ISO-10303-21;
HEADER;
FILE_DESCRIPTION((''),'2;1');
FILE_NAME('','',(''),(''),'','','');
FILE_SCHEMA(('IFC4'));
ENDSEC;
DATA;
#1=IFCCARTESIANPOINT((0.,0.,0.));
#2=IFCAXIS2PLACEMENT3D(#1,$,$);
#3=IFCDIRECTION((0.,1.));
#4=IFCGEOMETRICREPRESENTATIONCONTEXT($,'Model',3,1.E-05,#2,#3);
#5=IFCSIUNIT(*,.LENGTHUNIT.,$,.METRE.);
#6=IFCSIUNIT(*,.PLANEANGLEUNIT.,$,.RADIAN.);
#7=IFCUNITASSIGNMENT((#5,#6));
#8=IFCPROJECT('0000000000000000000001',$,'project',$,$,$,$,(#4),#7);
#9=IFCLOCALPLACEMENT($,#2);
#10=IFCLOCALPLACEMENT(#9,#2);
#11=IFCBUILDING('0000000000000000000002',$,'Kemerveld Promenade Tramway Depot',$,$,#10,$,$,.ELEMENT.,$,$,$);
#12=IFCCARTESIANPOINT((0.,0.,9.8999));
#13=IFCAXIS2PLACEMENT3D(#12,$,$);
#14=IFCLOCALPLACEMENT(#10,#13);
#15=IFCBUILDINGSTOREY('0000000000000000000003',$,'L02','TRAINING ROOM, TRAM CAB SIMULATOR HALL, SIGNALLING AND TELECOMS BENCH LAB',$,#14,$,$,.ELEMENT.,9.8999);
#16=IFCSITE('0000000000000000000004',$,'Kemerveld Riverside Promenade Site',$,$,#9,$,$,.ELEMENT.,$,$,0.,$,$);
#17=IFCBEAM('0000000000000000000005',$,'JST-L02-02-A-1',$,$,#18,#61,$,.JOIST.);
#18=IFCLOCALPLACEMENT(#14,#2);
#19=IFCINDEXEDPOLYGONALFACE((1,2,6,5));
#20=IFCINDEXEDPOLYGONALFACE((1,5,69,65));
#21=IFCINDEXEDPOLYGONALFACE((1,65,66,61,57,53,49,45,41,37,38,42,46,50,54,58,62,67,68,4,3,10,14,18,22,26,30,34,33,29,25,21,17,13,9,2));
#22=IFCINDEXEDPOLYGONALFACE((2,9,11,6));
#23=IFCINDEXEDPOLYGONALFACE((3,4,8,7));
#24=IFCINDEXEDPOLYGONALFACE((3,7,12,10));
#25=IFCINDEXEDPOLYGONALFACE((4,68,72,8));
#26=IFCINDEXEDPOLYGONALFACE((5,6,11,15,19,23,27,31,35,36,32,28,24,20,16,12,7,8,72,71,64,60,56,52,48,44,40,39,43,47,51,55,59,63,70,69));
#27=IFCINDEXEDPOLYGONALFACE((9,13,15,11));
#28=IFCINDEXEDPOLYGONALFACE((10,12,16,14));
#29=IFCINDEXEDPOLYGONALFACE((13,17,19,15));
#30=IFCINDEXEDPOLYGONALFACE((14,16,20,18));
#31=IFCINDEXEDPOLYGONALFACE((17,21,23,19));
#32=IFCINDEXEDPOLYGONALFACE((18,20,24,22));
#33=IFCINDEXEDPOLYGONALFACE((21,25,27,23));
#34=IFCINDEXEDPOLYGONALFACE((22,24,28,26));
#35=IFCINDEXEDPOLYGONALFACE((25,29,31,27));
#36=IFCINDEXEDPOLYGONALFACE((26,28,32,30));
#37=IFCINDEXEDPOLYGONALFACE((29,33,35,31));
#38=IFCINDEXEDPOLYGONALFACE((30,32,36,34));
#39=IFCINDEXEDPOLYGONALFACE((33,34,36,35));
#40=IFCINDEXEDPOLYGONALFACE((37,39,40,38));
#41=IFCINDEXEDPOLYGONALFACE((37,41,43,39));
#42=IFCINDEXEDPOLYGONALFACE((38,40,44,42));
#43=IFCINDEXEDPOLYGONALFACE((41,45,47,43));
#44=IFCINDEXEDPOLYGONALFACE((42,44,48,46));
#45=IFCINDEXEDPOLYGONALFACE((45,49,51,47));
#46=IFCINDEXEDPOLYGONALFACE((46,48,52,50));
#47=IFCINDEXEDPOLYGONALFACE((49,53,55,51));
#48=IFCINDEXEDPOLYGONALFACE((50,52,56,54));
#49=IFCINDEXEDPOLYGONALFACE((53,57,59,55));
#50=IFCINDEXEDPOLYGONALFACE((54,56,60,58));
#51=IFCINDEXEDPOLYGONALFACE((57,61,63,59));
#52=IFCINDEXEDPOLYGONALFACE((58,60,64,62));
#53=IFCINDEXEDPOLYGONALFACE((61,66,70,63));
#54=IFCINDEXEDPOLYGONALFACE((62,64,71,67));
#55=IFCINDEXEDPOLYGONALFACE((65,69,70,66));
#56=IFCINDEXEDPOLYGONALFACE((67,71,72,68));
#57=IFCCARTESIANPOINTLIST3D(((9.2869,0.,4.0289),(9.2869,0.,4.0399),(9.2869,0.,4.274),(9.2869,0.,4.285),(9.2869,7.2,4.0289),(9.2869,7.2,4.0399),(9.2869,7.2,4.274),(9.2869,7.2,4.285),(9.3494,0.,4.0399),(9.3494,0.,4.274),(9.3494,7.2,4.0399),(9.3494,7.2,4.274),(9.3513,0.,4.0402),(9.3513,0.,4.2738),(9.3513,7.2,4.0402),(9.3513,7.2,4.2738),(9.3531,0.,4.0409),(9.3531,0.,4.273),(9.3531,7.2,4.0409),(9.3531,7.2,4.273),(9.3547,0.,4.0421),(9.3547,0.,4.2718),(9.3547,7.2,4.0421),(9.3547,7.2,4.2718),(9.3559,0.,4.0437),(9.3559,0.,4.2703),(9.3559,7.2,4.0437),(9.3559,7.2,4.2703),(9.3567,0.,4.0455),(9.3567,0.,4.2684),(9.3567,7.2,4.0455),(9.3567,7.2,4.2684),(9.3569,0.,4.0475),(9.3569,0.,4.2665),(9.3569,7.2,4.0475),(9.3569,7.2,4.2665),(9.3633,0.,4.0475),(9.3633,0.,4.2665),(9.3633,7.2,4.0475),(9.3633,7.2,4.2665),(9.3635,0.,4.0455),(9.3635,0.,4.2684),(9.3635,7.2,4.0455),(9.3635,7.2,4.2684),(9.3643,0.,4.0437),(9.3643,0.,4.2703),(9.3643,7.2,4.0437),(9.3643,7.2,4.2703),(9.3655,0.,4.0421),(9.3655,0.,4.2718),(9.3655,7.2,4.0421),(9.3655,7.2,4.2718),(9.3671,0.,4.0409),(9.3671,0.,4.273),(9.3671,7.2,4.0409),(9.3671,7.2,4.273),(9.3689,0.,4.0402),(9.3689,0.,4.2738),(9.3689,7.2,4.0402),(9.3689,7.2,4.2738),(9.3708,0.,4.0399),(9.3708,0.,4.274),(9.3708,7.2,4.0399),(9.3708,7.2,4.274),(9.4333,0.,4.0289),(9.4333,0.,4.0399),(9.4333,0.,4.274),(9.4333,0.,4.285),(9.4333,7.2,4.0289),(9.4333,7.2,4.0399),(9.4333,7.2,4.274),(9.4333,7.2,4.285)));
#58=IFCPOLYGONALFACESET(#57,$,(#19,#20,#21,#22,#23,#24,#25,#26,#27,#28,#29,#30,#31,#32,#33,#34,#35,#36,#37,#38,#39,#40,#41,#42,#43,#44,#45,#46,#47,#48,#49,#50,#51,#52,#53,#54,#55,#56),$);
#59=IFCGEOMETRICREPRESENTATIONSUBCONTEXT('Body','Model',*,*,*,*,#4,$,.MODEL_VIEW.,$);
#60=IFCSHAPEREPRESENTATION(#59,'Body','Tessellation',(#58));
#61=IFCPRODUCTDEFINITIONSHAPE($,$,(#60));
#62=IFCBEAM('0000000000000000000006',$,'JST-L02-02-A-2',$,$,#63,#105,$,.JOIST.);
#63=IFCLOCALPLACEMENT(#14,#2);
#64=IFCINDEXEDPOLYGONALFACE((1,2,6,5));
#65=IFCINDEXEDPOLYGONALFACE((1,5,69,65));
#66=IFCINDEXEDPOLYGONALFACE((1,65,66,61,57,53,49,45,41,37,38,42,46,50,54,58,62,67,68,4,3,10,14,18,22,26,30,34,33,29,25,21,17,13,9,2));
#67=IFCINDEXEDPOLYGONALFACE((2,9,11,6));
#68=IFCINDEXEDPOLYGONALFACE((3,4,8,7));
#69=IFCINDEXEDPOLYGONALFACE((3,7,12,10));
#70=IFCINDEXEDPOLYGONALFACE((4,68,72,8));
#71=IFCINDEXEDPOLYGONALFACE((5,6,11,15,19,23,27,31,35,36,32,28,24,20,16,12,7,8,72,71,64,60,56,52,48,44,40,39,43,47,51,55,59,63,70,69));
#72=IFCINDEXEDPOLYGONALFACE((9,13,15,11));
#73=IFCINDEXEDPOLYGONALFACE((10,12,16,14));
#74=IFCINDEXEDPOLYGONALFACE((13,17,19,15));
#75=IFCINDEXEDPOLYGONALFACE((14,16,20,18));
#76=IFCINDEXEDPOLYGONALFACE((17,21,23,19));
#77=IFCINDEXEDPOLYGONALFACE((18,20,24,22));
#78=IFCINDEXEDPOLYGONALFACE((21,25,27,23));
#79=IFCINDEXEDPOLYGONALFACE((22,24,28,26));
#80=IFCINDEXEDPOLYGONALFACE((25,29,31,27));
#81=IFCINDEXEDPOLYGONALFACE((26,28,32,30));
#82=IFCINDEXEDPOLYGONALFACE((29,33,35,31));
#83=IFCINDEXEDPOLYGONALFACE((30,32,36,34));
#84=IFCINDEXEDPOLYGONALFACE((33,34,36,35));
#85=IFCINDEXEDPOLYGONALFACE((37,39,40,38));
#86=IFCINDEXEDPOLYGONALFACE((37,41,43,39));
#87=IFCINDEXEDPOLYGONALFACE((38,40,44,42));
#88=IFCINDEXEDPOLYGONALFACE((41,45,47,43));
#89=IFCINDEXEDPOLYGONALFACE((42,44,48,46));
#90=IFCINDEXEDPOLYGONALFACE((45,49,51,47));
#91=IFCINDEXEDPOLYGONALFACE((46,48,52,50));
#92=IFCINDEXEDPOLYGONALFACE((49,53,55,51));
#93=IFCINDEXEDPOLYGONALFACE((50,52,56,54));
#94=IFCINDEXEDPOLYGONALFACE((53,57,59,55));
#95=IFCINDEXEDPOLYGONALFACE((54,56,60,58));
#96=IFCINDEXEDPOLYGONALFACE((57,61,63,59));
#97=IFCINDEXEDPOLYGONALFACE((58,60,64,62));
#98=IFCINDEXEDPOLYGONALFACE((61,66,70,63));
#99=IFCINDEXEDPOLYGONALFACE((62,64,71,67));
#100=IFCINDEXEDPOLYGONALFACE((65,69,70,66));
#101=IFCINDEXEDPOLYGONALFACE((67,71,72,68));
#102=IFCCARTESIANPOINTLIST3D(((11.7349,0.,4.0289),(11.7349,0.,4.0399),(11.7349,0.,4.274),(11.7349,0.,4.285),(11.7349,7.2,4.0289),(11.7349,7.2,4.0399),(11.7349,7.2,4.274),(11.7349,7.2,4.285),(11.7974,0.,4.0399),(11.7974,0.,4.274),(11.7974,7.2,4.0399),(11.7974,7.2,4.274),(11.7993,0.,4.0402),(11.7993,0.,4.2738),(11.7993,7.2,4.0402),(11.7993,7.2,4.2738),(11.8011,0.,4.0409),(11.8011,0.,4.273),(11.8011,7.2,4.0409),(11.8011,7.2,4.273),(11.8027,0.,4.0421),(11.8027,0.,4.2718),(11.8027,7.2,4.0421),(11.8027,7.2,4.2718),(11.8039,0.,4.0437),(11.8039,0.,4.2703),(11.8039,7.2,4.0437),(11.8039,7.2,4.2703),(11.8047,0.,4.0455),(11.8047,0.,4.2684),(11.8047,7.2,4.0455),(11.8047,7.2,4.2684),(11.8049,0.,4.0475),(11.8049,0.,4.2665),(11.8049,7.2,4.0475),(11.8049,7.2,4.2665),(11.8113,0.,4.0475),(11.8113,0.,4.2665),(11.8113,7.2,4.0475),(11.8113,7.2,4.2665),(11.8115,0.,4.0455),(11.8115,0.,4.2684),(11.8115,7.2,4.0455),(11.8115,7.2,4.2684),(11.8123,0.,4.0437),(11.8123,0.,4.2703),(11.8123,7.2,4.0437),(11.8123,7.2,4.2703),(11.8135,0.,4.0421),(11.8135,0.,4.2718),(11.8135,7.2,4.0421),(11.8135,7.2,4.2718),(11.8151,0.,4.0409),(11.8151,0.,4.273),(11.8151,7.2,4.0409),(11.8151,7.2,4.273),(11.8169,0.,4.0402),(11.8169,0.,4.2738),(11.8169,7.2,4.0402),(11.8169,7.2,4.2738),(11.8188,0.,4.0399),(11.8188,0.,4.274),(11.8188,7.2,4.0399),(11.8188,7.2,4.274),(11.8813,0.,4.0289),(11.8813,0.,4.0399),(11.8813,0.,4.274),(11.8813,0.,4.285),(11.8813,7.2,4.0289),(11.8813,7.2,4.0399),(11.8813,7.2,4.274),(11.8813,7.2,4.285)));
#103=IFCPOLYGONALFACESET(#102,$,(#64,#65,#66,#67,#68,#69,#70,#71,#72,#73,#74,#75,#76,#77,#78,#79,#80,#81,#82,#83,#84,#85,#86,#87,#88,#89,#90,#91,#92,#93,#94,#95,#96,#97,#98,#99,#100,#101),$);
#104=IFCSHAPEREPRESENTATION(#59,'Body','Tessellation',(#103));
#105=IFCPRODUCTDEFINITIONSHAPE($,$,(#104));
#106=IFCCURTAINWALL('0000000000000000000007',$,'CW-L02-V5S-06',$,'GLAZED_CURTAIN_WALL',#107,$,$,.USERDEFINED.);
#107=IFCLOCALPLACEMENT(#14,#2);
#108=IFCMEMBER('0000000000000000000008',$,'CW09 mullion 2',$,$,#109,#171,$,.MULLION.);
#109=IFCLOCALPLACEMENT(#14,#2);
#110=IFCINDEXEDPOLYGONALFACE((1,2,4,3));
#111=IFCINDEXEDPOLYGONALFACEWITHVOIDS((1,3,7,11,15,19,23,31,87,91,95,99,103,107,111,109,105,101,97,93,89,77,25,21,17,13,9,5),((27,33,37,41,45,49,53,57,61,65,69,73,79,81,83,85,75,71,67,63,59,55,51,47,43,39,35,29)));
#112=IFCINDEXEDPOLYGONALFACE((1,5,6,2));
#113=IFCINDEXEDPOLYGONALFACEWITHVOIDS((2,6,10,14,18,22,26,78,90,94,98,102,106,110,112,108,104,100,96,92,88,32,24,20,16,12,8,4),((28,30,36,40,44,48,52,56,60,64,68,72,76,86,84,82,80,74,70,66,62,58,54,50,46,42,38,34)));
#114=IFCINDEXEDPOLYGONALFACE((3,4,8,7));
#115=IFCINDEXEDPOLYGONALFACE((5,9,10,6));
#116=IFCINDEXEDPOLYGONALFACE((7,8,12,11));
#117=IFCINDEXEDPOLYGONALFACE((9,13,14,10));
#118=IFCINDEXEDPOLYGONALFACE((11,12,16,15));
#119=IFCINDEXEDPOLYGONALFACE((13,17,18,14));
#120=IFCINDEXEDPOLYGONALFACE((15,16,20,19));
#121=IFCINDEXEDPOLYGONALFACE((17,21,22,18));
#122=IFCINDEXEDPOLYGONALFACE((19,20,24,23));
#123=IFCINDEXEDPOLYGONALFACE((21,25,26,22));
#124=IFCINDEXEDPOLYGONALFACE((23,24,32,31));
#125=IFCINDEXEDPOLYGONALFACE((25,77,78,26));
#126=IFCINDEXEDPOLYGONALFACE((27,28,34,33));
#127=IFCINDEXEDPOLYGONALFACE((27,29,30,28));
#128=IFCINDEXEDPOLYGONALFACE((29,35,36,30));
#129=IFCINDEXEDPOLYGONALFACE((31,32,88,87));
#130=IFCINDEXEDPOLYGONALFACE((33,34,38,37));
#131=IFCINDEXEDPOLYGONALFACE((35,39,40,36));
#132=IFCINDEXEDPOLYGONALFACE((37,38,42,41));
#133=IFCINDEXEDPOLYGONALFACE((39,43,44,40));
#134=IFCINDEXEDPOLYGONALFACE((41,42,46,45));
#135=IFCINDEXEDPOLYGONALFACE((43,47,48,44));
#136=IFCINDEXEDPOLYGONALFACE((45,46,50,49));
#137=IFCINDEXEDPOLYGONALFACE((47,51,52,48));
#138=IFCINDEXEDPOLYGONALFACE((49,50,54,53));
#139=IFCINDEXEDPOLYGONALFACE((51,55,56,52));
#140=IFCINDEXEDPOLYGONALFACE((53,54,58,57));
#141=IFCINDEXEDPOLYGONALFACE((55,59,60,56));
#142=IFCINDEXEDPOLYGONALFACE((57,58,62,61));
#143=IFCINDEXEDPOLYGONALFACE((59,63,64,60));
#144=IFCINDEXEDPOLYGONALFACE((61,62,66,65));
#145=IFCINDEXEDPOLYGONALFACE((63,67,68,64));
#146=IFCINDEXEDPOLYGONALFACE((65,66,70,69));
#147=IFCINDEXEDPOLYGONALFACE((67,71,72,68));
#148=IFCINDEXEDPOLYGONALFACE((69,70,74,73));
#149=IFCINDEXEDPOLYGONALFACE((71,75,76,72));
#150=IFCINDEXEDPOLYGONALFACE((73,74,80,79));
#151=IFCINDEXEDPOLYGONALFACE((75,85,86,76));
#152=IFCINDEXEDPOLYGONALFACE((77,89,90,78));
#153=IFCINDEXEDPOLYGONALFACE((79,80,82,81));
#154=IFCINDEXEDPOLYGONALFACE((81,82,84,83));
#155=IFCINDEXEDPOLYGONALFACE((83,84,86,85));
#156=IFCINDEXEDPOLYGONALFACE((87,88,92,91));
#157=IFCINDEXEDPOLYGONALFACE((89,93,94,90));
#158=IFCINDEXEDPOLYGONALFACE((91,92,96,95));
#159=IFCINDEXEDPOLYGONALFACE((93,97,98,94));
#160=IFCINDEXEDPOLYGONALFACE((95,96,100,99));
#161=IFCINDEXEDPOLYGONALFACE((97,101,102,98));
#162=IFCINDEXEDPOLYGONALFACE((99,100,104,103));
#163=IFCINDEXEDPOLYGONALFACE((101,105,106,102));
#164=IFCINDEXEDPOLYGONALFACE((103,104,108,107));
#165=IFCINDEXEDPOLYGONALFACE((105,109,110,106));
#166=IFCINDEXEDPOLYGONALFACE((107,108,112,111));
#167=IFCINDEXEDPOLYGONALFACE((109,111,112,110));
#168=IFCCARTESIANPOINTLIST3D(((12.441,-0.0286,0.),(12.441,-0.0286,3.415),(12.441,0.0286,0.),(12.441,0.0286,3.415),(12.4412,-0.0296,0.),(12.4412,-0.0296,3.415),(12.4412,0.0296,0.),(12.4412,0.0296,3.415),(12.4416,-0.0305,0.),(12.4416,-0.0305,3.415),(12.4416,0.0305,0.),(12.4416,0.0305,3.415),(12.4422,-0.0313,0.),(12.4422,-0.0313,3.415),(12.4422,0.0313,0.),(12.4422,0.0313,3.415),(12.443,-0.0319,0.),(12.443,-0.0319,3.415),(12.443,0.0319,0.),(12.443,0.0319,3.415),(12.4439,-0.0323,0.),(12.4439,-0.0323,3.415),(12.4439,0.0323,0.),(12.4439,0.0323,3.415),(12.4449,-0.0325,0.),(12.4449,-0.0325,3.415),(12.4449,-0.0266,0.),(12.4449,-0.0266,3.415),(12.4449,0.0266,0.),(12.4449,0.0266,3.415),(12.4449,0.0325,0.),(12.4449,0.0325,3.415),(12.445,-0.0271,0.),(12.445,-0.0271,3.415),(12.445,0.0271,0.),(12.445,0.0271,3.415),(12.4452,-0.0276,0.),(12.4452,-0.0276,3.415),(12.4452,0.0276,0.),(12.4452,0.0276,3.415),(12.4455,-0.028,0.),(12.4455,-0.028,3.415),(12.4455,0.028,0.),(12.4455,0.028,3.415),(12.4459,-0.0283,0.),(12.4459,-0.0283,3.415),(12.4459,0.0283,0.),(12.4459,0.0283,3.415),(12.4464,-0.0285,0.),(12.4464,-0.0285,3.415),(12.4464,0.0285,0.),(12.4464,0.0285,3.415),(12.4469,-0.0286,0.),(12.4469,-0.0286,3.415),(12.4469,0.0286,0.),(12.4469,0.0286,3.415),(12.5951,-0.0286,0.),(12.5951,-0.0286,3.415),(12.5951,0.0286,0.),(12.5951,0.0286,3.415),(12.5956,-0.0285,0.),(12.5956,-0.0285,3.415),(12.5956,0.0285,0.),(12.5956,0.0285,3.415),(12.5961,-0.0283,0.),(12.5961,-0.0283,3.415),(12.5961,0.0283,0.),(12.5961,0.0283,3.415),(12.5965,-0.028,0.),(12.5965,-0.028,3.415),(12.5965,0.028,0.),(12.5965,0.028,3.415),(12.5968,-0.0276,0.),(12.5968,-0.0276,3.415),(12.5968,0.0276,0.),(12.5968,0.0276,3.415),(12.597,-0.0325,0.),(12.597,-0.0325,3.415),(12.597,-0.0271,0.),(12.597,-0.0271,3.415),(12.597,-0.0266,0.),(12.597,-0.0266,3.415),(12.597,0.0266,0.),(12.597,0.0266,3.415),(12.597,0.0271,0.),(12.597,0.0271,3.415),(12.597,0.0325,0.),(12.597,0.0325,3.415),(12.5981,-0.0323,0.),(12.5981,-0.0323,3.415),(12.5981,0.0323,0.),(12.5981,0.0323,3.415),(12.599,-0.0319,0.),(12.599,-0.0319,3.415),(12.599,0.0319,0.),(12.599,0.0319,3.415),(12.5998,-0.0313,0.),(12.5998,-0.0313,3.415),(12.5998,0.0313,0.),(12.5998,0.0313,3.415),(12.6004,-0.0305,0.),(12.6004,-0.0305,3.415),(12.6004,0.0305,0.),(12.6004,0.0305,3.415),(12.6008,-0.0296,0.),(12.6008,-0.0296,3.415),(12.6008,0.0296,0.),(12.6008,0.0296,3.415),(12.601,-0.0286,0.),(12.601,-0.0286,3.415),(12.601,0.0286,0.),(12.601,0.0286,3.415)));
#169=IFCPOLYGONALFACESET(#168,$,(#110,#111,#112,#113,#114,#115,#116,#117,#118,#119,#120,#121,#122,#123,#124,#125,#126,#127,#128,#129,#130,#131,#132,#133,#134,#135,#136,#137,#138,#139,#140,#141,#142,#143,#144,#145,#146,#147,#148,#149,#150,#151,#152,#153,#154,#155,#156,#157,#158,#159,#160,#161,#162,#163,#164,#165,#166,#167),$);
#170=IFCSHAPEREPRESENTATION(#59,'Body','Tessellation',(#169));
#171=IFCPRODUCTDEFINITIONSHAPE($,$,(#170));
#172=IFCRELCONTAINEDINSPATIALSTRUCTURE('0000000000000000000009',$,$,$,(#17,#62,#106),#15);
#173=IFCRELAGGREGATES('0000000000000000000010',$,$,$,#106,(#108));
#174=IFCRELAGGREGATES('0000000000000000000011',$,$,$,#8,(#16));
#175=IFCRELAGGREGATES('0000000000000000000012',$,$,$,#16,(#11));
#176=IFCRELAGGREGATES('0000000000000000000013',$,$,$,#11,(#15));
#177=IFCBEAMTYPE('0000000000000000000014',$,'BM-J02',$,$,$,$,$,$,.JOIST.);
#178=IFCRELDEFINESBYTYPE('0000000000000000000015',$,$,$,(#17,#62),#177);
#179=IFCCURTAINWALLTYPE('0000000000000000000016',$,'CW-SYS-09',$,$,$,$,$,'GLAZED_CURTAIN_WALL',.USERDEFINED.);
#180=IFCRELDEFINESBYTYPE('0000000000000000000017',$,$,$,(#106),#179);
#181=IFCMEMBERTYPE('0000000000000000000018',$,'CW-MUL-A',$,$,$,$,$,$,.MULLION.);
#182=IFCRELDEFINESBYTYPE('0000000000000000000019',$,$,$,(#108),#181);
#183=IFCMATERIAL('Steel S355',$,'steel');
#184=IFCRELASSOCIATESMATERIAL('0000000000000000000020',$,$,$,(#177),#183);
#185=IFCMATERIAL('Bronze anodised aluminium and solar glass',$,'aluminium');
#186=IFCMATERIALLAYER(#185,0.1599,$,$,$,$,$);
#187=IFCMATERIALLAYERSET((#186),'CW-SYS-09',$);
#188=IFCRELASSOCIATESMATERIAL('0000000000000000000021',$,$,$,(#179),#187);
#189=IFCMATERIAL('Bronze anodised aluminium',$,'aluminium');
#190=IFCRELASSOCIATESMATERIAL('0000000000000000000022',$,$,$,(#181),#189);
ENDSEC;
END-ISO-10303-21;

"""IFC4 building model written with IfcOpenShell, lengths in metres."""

from ifc_helpers import new_model, si_unit, direction, frame, origin, origin_2d, place, context, subcontext, project, spatial, hollow_rectangle, i_section, extrude, material, layer, layer_set, material_profile, profile_set, type_object, element, aggregate, save


model = new_model("IFC4")

# Units and contexts
model_context = context("Model", 3, precision=1e-05, world=origin(), true_north=direction((0.0, 1.0)))
body_context = subcontext(model_context, "Body", "Model", "MODEL_VIEW")
ifc_project = project(units=[si_unit("LENGTHUNIT", "METRE"), si_unit("PLANEANGLEUNIT", "RADIAN")], contexts=[model_context])

# Site, building, storey
site_placement = place(None, origin())
site = spatial("IfcSite", under=ifc_project, at=site_placement, Name="Kemerveld Riverside Promenade Site", CompositionType="ELEMENT", RefElevation=0.0)
building_placement = place(site_placement, origin())
building = spatial("IfcBuilding", under=site, at=building_placement, Name="Kemerveld Promenade Tramway Depot", CompositionType="ELEMENT")
storey_placement = place(building_placement, frame((0.0, 0.0, 9.8999)))
storey = spatial("IfcBuildingStorey", under=building, at=storey_placement, Name="L02", Description="TRAINING ROOM, TRAM CAB SIMULATOR HALL, SIGNALLING AND TELECOMS BENCH LAB", CompositionType="ELEMENT", Elevation=9.8999)

# Beams
ifc_material_1 = material(Name="Steel S355", Category="steel")
ifc_material_profile_1 = material_profile(ifc_material_1, i_section(OverallWidth=0.1465, OverallDepth=0.2561, WebThickness=0.0063, FlangeThickness=0.011, FilletRadius=0.0076, at=origin_2d()), Name="254x146x37 UB")
ifc_profile_set_1 = profile_set([ifc_material_profile_1], Name="Steel S355")
beam_type = type_object("IfcBeamType", Name="BM-J02", PredefinedType="JOIST", material=ifc_profile_set_1)
for number, where, z_axis, x_axis, name in (
    (1, (9.3601, 0.0, 4.157), (0.0, 1.0, 0.0), (-1.0, 0.0, 0.0), "JST-L02-02-A-1"),
    (2, (11.8081, 0.0, 4.157), (0.0, 1.0, 0.0), (-1.0, 0.0, 0.0), "JST-L02-02-A-2"),
):
    element("IfcBeam", number, at=place(storey_placement, frame(where, z_axis=z_axis, x_axis=x_axis)), inside=storey, type_object=beam_type, Name=name, PredefinedType="JOIST", context=body_context, shape_type="SweptSolid", body=[
        extrude(i_section(OverallWidth=0.1465, OverallDepth=0.2561, WebThickness=0.0063, FlangeThickness=0.011, FilletRadius=0.0076, at=origin_2d()), origin(), (0.0, 0.0, 1.0), 7.2),
    ])

# Curtain wall, member
ifc_material_2 = material(Name="Bronze anodised aluminium and solar glass", Category="aluminium")
ifc_layer_1 = layer(ifc_material_2, 0.1599)
ifc_layer_set_1 = layer_set([ifc_layer_1], Name="CW-SYS-09")
curtain_wall_type = type_object("IfcCurtainWallType", Name="CW-SYS-09", ElementType="GLAZED_CURTAIN_WALL", PredefinedType="USERDEFINED", material=ifc_layer_set_1)
curtain_wall_placement = place(storey_placement, origin())
curtain_wall = element("IfcCurtainWall", 3, at=curtain_wall_placement, inside=storey, type_object=curtain_wall_type, Name="CW-L02-V5S-06", ObjectType="GLAZED_CURTAIN_WALL", PredefinedType="USERDEFINED")
ifc_material_3 = material(Name="Bronze anodised aluminium", Category="aluminium")
ifc_material_profile_2 = material_profile(ifc_material_3, hollow_rectangle(XDim=0.0649, YDim=0.1599, WallThickness=0.0039, InnerFilletRadius=0.002, OuterFilletRadius=0.0039, at=origin_2d()), Name="CW-MUL-160x65")
ifc_profile_set_2 = profile_set([ifc_material_profile_2], Name="Bronze anodised aluminium")
member_type_1 = type_object("IfcMemberType", Name="CW-MUL-A", PredefinedType="MULLION", material=ifc_profile_set_2)
member_1_placement = place(storey_placement, frame((12.521, 0.0, 0.0), z_axis=(0.0, 0.0, 1.0), x_axis=(0.0, -1.0, 0.0)))
member_1 = element("IfcMember", 4, at=member_1_placement, type_object=member_type_1, Name="CW09 mullion 2", PredefinedType="MULLION", context=body_context, shape_type="SweptSolid", body=[
    extrude(hollow_rectangle(XDim=0.0649, YDim=0.1599, WallThickness=0.0039, InnerFilletRadius=0.002, OuterFilletRadius=0.0039, at=origin_2d()), origin(), (0.0, 0.0, 1.0), 3.415),
])
aggregate(curtain_wall, [member_1])

save(model, "model.ifc")
